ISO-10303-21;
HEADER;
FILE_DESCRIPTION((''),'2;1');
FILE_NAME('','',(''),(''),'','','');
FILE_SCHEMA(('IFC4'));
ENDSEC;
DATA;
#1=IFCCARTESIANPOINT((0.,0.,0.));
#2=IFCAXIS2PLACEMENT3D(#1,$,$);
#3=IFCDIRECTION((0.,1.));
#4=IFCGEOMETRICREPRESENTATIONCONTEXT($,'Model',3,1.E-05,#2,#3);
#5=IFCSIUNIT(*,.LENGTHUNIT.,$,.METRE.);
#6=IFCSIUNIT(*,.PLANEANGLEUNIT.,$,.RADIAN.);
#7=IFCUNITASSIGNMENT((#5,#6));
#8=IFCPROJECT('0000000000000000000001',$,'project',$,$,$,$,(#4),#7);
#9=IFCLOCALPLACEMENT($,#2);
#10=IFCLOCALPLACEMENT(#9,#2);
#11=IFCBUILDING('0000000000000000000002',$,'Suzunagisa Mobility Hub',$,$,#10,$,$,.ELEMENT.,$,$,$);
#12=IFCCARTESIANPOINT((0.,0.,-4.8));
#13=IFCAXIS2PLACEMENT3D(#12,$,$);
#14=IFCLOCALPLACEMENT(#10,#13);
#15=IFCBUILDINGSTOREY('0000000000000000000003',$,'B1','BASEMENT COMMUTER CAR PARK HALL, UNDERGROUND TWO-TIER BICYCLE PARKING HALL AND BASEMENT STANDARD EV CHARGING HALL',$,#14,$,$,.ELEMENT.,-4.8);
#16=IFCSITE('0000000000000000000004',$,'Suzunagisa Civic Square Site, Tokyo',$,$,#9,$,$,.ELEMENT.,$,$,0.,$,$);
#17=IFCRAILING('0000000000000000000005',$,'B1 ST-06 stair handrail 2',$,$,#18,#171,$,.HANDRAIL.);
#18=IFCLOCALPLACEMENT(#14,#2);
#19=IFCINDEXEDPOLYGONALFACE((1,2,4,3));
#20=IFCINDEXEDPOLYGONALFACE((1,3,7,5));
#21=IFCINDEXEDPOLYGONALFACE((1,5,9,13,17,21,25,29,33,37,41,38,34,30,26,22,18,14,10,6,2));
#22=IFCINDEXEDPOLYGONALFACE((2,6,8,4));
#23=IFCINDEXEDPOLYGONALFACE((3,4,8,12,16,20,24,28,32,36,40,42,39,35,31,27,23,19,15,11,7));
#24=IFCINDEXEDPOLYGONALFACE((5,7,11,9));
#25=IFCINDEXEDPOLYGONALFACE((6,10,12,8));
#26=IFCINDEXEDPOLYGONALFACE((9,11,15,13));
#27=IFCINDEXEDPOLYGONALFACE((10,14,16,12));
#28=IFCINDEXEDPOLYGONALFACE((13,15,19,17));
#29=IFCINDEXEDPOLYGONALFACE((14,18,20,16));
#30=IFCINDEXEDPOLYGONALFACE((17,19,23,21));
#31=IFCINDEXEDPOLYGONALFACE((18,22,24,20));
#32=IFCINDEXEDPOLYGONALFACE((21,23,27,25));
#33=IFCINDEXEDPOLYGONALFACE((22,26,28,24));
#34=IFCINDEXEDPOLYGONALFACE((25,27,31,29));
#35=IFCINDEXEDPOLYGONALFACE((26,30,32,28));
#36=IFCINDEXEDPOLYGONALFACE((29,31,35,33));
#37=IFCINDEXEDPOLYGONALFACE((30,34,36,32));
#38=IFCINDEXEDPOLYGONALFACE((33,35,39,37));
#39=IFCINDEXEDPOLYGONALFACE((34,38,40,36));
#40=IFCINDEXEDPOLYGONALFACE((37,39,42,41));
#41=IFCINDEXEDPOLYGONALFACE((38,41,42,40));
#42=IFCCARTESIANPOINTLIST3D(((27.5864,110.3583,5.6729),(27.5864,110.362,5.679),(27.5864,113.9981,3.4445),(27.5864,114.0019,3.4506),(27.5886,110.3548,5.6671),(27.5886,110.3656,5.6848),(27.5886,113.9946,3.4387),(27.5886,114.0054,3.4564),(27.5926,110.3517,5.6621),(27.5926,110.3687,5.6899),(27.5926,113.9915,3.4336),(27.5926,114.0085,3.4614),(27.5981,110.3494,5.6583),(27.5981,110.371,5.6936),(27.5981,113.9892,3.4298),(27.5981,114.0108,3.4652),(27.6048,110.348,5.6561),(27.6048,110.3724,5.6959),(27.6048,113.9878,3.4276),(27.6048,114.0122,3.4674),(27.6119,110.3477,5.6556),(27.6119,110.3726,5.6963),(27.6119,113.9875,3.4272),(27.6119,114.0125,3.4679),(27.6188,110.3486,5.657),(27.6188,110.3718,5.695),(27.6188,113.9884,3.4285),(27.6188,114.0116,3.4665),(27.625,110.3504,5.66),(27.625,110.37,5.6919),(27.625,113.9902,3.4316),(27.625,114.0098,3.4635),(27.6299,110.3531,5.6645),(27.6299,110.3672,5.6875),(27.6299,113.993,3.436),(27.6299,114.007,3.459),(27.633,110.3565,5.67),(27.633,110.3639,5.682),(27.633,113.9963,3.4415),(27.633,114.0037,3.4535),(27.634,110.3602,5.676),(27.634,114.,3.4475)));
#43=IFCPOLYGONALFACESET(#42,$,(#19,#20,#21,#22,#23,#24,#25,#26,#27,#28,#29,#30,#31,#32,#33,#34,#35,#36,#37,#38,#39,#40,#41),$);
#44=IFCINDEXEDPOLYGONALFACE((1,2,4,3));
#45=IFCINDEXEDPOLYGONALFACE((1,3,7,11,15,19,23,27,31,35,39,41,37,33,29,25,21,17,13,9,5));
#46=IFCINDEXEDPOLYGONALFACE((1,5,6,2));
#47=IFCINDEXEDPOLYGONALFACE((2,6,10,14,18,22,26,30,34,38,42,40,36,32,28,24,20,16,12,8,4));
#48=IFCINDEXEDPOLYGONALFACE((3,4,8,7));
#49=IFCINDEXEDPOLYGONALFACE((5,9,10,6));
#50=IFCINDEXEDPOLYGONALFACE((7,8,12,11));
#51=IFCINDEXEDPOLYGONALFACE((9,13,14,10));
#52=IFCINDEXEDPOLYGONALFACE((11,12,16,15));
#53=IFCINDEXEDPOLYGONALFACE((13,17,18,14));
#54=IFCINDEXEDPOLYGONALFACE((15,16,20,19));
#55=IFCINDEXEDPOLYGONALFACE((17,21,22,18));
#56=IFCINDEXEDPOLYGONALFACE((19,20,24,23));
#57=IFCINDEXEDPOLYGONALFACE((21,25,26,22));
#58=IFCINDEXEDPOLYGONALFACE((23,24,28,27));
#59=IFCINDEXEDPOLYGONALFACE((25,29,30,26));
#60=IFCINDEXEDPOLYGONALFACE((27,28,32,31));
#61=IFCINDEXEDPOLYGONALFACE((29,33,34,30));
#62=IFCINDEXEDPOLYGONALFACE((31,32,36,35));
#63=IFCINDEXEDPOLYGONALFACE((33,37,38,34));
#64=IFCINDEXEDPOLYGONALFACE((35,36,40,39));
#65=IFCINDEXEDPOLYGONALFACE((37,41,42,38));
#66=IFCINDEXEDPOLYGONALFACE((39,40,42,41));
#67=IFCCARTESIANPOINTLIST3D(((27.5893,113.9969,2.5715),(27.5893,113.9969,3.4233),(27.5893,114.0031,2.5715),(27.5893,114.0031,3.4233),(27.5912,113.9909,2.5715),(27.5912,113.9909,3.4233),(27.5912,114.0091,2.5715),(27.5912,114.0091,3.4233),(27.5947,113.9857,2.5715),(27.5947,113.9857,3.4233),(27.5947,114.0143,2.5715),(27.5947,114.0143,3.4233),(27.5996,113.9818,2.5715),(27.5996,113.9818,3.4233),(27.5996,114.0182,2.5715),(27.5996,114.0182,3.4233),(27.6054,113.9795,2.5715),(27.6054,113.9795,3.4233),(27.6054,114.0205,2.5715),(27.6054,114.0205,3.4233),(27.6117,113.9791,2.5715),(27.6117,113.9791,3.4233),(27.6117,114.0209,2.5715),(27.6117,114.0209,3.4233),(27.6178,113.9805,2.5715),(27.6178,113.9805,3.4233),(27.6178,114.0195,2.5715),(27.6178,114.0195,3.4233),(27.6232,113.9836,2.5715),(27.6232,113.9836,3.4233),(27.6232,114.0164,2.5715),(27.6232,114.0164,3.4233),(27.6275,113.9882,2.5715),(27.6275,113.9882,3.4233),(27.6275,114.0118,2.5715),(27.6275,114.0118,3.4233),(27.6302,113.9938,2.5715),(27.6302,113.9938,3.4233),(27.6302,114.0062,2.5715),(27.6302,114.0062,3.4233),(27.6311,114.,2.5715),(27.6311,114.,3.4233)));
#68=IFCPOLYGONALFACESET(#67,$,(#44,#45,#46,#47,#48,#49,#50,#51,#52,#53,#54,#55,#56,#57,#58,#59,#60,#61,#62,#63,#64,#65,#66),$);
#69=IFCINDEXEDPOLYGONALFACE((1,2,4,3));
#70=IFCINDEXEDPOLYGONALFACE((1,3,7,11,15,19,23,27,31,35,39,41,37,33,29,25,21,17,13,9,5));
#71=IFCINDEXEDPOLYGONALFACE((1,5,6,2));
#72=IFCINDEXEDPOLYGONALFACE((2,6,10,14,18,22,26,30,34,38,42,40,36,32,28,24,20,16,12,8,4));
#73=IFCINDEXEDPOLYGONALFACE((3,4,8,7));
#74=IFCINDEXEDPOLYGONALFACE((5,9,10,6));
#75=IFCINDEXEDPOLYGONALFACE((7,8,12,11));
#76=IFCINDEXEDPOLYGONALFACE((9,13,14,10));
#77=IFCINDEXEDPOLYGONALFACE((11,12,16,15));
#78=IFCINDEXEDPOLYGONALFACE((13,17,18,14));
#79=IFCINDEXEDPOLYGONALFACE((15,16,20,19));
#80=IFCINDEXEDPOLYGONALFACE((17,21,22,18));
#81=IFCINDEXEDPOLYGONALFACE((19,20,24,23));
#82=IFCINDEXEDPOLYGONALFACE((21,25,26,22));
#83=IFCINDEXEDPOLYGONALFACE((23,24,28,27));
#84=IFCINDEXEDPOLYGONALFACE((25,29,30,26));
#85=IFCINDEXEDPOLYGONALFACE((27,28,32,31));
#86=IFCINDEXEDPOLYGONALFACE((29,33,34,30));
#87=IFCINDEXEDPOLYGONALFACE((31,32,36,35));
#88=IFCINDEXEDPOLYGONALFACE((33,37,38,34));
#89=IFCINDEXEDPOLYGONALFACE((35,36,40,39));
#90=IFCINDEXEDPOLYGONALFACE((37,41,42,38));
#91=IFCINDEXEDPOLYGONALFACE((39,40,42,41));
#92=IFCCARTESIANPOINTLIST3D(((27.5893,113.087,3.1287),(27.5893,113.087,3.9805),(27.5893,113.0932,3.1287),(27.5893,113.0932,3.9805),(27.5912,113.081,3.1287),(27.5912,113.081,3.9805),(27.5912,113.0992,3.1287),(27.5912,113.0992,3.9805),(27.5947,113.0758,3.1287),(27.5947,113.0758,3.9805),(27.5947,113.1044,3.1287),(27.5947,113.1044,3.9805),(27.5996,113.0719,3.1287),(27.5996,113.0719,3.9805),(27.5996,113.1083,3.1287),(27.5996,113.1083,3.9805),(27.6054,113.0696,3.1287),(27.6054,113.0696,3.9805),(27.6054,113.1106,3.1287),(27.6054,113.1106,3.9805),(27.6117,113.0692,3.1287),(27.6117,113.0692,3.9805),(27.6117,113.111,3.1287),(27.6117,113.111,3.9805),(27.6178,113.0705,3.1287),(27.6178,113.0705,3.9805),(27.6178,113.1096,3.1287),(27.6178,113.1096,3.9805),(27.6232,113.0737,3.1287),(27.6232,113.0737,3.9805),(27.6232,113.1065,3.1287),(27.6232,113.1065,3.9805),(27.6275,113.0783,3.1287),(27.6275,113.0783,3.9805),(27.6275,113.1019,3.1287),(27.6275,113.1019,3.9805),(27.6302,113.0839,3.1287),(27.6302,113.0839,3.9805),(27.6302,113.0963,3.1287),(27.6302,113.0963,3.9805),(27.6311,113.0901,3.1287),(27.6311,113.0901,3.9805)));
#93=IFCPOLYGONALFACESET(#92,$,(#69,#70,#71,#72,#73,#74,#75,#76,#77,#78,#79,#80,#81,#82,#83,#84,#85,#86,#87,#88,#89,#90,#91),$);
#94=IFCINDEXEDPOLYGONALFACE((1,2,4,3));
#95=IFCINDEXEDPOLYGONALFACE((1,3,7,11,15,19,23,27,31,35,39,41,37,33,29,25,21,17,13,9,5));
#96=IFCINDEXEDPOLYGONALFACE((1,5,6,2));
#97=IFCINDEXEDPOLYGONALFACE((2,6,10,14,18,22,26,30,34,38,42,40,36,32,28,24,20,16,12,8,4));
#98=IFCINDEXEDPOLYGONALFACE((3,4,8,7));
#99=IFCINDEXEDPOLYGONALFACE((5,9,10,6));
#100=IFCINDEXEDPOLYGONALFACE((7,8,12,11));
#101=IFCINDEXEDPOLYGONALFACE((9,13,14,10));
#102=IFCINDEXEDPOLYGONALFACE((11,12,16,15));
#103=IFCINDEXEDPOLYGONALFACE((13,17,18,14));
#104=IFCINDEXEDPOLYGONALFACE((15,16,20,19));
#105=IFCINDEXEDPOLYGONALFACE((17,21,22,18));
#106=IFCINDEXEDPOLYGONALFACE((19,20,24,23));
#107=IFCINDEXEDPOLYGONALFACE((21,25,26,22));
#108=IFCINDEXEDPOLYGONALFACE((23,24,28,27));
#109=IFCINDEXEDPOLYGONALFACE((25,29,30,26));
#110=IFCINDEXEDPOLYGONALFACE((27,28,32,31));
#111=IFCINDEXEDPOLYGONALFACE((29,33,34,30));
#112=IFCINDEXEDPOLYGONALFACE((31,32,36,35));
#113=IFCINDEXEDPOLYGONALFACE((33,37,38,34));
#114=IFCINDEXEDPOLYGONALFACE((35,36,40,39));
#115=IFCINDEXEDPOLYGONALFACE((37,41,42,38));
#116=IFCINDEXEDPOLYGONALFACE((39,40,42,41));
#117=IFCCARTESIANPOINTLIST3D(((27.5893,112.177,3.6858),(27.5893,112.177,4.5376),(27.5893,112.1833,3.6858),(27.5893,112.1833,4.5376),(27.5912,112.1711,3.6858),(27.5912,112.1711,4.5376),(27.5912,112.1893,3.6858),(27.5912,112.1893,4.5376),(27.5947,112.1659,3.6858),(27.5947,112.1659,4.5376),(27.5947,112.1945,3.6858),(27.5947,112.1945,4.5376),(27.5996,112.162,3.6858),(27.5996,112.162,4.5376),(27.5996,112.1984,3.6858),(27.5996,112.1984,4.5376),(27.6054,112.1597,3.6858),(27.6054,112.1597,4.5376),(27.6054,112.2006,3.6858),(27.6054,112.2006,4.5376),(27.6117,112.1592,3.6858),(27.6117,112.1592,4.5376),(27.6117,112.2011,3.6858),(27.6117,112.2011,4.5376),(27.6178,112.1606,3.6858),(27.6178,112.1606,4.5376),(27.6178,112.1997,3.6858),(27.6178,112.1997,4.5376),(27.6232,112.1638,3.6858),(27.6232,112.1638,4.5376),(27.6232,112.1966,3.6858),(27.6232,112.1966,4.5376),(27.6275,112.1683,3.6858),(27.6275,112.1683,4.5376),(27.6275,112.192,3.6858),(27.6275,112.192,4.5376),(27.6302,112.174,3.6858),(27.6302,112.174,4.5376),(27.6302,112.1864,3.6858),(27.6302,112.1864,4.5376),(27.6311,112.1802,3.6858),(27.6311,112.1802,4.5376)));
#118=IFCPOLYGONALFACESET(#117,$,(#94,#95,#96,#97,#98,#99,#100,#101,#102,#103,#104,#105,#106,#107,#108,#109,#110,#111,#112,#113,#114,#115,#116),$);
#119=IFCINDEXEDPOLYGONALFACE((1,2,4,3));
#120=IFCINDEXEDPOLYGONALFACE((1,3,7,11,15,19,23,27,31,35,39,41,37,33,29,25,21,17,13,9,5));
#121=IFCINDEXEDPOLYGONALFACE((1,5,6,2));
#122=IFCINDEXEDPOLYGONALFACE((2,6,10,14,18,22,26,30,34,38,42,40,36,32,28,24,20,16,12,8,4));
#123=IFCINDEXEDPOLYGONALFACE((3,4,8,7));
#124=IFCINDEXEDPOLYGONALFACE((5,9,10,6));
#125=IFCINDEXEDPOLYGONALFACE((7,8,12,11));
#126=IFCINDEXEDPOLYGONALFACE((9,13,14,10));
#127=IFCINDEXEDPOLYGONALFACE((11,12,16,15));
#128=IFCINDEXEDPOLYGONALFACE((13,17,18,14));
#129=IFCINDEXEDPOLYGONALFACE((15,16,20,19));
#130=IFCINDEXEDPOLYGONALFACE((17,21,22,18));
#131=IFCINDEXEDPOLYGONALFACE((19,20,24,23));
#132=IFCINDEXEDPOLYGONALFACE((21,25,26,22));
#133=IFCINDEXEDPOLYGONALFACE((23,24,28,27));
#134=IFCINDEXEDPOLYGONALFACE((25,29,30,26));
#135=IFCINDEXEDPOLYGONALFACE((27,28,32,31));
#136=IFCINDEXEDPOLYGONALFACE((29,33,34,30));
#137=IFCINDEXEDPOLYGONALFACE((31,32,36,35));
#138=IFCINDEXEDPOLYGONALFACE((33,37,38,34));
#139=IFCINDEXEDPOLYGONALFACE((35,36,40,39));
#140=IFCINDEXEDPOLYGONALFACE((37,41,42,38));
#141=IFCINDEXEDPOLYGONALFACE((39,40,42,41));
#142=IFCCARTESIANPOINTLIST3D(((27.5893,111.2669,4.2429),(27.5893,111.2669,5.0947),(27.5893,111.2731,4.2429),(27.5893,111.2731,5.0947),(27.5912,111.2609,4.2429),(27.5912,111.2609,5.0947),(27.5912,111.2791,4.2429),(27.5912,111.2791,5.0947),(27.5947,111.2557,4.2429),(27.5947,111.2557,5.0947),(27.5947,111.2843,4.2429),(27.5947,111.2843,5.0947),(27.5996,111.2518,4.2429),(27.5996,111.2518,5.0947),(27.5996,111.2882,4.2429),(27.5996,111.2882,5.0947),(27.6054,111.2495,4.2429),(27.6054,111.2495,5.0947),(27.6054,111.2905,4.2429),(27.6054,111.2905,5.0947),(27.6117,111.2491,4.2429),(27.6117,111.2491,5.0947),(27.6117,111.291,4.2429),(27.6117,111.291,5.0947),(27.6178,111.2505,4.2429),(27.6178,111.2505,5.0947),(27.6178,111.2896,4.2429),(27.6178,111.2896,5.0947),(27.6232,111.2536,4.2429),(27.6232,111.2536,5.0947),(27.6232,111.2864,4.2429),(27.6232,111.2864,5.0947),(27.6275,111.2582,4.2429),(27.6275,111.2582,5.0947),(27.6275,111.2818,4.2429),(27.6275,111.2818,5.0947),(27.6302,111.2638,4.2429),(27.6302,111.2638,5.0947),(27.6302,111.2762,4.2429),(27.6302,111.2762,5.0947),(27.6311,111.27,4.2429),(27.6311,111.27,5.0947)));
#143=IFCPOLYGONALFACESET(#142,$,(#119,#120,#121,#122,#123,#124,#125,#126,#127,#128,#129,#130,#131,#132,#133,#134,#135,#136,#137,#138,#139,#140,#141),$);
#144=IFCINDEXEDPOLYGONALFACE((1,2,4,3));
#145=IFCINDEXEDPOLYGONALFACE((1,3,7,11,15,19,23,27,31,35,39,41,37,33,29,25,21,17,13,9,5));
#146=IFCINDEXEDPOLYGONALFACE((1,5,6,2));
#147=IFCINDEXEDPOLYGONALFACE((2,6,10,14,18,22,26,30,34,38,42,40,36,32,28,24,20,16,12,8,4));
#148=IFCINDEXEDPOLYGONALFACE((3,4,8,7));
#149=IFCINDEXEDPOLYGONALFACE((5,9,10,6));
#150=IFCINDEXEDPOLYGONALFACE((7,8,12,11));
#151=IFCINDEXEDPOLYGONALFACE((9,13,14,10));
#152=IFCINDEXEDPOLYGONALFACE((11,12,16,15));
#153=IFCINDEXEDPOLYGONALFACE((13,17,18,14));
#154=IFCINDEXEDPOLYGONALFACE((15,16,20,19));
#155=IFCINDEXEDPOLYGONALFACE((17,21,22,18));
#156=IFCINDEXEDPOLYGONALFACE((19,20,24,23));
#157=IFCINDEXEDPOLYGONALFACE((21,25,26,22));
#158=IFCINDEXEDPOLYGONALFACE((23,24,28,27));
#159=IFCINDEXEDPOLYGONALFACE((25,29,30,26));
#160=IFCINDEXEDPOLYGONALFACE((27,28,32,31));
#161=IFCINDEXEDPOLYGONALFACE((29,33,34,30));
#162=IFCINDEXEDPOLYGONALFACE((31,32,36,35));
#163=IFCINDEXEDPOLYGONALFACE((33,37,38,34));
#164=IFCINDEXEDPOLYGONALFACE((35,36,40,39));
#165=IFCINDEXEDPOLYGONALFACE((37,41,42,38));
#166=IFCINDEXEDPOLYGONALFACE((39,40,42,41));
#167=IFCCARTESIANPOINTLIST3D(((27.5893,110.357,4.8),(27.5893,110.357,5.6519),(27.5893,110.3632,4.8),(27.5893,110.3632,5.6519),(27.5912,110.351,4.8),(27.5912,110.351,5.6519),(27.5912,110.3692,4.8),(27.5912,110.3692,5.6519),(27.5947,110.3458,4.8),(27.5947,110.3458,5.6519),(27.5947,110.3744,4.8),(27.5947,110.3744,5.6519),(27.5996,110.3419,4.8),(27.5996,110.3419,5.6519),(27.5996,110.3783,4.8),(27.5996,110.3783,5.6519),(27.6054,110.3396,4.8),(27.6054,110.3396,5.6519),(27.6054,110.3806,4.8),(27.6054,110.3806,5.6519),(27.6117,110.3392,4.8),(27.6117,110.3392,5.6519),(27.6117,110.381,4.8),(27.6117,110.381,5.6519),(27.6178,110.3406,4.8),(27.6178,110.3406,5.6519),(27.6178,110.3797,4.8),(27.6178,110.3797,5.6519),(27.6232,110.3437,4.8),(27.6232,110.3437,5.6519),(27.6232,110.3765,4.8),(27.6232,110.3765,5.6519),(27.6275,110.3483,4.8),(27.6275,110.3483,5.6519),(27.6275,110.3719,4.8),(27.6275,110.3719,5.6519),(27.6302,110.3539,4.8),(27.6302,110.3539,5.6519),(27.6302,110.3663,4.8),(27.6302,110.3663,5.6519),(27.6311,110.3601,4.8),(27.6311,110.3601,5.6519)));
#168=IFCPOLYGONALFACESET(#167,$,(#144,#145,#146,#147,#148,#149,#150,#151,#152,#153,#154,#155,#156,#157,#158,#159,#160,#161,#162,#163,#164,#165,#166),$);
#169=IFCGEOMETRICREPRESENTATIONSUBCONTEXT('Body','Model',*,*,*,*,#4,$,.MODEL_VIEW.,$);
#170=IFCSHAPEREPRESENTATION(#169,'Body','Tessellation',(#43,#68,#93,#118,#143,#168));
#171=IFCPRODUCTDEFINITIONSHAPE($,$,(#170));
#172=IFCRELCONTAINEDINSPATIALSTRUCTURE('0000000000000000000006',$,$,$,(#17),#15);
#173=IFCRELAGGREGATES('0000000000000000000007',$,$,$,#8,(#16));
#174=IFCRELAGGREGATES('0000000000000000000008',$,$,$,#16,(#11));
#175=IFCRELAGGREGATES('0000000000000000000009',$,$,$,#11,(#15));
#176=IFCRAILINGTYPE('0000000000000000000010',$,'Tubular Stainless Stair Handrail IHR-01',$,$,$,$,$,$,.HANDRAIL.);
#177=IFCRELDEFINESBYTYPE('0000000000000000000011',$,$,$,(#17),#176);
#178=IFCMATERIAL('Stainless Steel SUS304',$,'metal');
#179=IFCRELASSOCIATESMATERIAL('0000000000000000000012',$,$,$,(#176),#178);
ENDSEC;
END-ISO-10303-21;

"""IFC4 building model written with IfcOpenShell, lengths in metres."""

from ifc_helpers import new_model, si_unit, direction, frame, origin, origin_2d, place, context, subcontext, project, spatial, circle, extrude, material, type_object, element, save


model = new_model("IFC4")

# Units and contexts
model_context = context("Model", 3, precision=1e-05, world=origin(), true_north=direction((0.0, 1.0)))
body_context = subcontext(model_context, "Body", "Model", "MODEL_VIEW")
ifc_project = project(units=[si_unit("LENGTHUNIT", "METRE"), si_unit("PLANEANGLEUNIT", "RADIAN")], contexts=[model_context])

# Site, building, storey
site_placement = place(None, origin())
site = spatial("IfcSite", under=ifc_project, at=site_placement, Name="Suzunagisa Civic Square Site, Tokyo", CompositionType="ELEMENT", RefElevation=0.0)
building_placement = place(site_placement, origin())
building = spatial("IfcBuilding", under=site, at=building_placement, Name="Suzunagisa Mobility Hub", CompositionType="ELEMENT")
storey_placement = place(building_placement, frame((0.0, 0.0, -4.8)))
storey = spatial("IfcBuildingStorey", under=building, at=storey_placement, Name="B1", Description="BASEMENT COMMUTER CAR PARK HALL, UNDERGROUND TWO-TIER BICYCLE PARKING HALL AND BASEMENT STANDARD EV CHARGING HALL", CompositionType="ELEMENT", Elevation=-4.8)

# Railing
ifc_material_1 = material(Name="Stainless Steel SUS304", Category="metal")
railing_type_1 = type_object("IfcRailingType", Name="Tubular Stainless Stair Handrail IHR-01", PredefinedType="HANDRAIL", material=ifc_material_1)
railing_1_placement = place(storey_placement, frame((27.6101, 114.0, 2.5715)))
element("IfcRailing", 1, at=railing_1_placement, inside=storey, type_object=railing_type_1, Name="B1 ST-06 stair handrail 2", PredefinedType="HANDRAIL", context=body_context, shape_type="SweptSolid", body=[
    extrude(circle(Radius=0.0239, at=origin_2d()), frame((0.0, 0.0, 0.876), z_axis=(0.0, -0.85285, 0.522156), x_axis=(1.0, 0.0, 0.0)), (0.0, 0.0, 1.0), 4.2678),
    extrude(circle(Radius=0.021, at=origin_2d()), origin(), (0.0, 0.0, 1.0), 0.8518),
    extrude(circle(Radius=0.021, at=origin_2d()), frame((0.0, -0.9099, 0.5571)), (0.0, 0.0, 1.0), 0.8518),
    extrude(circle(Radius=0.021, at=origin_2d()), frame((0.0, -1.8198, 1.1143)), (0.0, 0.0, 1.0), 0.8518),
    extrude(circle(Radius=0.021, at=origin_2d()), frame((0.0, -2.73, 1.6714)), (0.0, 0.0, 1.0), 0.8518),
    extrude(circle(Radius=0.021, at=origin_2d()), frame((0.0, -3.6399, 2.2285)), (0.0, 0.0, 1.0), 0.8518),
])

save(model, "model.ifc")
